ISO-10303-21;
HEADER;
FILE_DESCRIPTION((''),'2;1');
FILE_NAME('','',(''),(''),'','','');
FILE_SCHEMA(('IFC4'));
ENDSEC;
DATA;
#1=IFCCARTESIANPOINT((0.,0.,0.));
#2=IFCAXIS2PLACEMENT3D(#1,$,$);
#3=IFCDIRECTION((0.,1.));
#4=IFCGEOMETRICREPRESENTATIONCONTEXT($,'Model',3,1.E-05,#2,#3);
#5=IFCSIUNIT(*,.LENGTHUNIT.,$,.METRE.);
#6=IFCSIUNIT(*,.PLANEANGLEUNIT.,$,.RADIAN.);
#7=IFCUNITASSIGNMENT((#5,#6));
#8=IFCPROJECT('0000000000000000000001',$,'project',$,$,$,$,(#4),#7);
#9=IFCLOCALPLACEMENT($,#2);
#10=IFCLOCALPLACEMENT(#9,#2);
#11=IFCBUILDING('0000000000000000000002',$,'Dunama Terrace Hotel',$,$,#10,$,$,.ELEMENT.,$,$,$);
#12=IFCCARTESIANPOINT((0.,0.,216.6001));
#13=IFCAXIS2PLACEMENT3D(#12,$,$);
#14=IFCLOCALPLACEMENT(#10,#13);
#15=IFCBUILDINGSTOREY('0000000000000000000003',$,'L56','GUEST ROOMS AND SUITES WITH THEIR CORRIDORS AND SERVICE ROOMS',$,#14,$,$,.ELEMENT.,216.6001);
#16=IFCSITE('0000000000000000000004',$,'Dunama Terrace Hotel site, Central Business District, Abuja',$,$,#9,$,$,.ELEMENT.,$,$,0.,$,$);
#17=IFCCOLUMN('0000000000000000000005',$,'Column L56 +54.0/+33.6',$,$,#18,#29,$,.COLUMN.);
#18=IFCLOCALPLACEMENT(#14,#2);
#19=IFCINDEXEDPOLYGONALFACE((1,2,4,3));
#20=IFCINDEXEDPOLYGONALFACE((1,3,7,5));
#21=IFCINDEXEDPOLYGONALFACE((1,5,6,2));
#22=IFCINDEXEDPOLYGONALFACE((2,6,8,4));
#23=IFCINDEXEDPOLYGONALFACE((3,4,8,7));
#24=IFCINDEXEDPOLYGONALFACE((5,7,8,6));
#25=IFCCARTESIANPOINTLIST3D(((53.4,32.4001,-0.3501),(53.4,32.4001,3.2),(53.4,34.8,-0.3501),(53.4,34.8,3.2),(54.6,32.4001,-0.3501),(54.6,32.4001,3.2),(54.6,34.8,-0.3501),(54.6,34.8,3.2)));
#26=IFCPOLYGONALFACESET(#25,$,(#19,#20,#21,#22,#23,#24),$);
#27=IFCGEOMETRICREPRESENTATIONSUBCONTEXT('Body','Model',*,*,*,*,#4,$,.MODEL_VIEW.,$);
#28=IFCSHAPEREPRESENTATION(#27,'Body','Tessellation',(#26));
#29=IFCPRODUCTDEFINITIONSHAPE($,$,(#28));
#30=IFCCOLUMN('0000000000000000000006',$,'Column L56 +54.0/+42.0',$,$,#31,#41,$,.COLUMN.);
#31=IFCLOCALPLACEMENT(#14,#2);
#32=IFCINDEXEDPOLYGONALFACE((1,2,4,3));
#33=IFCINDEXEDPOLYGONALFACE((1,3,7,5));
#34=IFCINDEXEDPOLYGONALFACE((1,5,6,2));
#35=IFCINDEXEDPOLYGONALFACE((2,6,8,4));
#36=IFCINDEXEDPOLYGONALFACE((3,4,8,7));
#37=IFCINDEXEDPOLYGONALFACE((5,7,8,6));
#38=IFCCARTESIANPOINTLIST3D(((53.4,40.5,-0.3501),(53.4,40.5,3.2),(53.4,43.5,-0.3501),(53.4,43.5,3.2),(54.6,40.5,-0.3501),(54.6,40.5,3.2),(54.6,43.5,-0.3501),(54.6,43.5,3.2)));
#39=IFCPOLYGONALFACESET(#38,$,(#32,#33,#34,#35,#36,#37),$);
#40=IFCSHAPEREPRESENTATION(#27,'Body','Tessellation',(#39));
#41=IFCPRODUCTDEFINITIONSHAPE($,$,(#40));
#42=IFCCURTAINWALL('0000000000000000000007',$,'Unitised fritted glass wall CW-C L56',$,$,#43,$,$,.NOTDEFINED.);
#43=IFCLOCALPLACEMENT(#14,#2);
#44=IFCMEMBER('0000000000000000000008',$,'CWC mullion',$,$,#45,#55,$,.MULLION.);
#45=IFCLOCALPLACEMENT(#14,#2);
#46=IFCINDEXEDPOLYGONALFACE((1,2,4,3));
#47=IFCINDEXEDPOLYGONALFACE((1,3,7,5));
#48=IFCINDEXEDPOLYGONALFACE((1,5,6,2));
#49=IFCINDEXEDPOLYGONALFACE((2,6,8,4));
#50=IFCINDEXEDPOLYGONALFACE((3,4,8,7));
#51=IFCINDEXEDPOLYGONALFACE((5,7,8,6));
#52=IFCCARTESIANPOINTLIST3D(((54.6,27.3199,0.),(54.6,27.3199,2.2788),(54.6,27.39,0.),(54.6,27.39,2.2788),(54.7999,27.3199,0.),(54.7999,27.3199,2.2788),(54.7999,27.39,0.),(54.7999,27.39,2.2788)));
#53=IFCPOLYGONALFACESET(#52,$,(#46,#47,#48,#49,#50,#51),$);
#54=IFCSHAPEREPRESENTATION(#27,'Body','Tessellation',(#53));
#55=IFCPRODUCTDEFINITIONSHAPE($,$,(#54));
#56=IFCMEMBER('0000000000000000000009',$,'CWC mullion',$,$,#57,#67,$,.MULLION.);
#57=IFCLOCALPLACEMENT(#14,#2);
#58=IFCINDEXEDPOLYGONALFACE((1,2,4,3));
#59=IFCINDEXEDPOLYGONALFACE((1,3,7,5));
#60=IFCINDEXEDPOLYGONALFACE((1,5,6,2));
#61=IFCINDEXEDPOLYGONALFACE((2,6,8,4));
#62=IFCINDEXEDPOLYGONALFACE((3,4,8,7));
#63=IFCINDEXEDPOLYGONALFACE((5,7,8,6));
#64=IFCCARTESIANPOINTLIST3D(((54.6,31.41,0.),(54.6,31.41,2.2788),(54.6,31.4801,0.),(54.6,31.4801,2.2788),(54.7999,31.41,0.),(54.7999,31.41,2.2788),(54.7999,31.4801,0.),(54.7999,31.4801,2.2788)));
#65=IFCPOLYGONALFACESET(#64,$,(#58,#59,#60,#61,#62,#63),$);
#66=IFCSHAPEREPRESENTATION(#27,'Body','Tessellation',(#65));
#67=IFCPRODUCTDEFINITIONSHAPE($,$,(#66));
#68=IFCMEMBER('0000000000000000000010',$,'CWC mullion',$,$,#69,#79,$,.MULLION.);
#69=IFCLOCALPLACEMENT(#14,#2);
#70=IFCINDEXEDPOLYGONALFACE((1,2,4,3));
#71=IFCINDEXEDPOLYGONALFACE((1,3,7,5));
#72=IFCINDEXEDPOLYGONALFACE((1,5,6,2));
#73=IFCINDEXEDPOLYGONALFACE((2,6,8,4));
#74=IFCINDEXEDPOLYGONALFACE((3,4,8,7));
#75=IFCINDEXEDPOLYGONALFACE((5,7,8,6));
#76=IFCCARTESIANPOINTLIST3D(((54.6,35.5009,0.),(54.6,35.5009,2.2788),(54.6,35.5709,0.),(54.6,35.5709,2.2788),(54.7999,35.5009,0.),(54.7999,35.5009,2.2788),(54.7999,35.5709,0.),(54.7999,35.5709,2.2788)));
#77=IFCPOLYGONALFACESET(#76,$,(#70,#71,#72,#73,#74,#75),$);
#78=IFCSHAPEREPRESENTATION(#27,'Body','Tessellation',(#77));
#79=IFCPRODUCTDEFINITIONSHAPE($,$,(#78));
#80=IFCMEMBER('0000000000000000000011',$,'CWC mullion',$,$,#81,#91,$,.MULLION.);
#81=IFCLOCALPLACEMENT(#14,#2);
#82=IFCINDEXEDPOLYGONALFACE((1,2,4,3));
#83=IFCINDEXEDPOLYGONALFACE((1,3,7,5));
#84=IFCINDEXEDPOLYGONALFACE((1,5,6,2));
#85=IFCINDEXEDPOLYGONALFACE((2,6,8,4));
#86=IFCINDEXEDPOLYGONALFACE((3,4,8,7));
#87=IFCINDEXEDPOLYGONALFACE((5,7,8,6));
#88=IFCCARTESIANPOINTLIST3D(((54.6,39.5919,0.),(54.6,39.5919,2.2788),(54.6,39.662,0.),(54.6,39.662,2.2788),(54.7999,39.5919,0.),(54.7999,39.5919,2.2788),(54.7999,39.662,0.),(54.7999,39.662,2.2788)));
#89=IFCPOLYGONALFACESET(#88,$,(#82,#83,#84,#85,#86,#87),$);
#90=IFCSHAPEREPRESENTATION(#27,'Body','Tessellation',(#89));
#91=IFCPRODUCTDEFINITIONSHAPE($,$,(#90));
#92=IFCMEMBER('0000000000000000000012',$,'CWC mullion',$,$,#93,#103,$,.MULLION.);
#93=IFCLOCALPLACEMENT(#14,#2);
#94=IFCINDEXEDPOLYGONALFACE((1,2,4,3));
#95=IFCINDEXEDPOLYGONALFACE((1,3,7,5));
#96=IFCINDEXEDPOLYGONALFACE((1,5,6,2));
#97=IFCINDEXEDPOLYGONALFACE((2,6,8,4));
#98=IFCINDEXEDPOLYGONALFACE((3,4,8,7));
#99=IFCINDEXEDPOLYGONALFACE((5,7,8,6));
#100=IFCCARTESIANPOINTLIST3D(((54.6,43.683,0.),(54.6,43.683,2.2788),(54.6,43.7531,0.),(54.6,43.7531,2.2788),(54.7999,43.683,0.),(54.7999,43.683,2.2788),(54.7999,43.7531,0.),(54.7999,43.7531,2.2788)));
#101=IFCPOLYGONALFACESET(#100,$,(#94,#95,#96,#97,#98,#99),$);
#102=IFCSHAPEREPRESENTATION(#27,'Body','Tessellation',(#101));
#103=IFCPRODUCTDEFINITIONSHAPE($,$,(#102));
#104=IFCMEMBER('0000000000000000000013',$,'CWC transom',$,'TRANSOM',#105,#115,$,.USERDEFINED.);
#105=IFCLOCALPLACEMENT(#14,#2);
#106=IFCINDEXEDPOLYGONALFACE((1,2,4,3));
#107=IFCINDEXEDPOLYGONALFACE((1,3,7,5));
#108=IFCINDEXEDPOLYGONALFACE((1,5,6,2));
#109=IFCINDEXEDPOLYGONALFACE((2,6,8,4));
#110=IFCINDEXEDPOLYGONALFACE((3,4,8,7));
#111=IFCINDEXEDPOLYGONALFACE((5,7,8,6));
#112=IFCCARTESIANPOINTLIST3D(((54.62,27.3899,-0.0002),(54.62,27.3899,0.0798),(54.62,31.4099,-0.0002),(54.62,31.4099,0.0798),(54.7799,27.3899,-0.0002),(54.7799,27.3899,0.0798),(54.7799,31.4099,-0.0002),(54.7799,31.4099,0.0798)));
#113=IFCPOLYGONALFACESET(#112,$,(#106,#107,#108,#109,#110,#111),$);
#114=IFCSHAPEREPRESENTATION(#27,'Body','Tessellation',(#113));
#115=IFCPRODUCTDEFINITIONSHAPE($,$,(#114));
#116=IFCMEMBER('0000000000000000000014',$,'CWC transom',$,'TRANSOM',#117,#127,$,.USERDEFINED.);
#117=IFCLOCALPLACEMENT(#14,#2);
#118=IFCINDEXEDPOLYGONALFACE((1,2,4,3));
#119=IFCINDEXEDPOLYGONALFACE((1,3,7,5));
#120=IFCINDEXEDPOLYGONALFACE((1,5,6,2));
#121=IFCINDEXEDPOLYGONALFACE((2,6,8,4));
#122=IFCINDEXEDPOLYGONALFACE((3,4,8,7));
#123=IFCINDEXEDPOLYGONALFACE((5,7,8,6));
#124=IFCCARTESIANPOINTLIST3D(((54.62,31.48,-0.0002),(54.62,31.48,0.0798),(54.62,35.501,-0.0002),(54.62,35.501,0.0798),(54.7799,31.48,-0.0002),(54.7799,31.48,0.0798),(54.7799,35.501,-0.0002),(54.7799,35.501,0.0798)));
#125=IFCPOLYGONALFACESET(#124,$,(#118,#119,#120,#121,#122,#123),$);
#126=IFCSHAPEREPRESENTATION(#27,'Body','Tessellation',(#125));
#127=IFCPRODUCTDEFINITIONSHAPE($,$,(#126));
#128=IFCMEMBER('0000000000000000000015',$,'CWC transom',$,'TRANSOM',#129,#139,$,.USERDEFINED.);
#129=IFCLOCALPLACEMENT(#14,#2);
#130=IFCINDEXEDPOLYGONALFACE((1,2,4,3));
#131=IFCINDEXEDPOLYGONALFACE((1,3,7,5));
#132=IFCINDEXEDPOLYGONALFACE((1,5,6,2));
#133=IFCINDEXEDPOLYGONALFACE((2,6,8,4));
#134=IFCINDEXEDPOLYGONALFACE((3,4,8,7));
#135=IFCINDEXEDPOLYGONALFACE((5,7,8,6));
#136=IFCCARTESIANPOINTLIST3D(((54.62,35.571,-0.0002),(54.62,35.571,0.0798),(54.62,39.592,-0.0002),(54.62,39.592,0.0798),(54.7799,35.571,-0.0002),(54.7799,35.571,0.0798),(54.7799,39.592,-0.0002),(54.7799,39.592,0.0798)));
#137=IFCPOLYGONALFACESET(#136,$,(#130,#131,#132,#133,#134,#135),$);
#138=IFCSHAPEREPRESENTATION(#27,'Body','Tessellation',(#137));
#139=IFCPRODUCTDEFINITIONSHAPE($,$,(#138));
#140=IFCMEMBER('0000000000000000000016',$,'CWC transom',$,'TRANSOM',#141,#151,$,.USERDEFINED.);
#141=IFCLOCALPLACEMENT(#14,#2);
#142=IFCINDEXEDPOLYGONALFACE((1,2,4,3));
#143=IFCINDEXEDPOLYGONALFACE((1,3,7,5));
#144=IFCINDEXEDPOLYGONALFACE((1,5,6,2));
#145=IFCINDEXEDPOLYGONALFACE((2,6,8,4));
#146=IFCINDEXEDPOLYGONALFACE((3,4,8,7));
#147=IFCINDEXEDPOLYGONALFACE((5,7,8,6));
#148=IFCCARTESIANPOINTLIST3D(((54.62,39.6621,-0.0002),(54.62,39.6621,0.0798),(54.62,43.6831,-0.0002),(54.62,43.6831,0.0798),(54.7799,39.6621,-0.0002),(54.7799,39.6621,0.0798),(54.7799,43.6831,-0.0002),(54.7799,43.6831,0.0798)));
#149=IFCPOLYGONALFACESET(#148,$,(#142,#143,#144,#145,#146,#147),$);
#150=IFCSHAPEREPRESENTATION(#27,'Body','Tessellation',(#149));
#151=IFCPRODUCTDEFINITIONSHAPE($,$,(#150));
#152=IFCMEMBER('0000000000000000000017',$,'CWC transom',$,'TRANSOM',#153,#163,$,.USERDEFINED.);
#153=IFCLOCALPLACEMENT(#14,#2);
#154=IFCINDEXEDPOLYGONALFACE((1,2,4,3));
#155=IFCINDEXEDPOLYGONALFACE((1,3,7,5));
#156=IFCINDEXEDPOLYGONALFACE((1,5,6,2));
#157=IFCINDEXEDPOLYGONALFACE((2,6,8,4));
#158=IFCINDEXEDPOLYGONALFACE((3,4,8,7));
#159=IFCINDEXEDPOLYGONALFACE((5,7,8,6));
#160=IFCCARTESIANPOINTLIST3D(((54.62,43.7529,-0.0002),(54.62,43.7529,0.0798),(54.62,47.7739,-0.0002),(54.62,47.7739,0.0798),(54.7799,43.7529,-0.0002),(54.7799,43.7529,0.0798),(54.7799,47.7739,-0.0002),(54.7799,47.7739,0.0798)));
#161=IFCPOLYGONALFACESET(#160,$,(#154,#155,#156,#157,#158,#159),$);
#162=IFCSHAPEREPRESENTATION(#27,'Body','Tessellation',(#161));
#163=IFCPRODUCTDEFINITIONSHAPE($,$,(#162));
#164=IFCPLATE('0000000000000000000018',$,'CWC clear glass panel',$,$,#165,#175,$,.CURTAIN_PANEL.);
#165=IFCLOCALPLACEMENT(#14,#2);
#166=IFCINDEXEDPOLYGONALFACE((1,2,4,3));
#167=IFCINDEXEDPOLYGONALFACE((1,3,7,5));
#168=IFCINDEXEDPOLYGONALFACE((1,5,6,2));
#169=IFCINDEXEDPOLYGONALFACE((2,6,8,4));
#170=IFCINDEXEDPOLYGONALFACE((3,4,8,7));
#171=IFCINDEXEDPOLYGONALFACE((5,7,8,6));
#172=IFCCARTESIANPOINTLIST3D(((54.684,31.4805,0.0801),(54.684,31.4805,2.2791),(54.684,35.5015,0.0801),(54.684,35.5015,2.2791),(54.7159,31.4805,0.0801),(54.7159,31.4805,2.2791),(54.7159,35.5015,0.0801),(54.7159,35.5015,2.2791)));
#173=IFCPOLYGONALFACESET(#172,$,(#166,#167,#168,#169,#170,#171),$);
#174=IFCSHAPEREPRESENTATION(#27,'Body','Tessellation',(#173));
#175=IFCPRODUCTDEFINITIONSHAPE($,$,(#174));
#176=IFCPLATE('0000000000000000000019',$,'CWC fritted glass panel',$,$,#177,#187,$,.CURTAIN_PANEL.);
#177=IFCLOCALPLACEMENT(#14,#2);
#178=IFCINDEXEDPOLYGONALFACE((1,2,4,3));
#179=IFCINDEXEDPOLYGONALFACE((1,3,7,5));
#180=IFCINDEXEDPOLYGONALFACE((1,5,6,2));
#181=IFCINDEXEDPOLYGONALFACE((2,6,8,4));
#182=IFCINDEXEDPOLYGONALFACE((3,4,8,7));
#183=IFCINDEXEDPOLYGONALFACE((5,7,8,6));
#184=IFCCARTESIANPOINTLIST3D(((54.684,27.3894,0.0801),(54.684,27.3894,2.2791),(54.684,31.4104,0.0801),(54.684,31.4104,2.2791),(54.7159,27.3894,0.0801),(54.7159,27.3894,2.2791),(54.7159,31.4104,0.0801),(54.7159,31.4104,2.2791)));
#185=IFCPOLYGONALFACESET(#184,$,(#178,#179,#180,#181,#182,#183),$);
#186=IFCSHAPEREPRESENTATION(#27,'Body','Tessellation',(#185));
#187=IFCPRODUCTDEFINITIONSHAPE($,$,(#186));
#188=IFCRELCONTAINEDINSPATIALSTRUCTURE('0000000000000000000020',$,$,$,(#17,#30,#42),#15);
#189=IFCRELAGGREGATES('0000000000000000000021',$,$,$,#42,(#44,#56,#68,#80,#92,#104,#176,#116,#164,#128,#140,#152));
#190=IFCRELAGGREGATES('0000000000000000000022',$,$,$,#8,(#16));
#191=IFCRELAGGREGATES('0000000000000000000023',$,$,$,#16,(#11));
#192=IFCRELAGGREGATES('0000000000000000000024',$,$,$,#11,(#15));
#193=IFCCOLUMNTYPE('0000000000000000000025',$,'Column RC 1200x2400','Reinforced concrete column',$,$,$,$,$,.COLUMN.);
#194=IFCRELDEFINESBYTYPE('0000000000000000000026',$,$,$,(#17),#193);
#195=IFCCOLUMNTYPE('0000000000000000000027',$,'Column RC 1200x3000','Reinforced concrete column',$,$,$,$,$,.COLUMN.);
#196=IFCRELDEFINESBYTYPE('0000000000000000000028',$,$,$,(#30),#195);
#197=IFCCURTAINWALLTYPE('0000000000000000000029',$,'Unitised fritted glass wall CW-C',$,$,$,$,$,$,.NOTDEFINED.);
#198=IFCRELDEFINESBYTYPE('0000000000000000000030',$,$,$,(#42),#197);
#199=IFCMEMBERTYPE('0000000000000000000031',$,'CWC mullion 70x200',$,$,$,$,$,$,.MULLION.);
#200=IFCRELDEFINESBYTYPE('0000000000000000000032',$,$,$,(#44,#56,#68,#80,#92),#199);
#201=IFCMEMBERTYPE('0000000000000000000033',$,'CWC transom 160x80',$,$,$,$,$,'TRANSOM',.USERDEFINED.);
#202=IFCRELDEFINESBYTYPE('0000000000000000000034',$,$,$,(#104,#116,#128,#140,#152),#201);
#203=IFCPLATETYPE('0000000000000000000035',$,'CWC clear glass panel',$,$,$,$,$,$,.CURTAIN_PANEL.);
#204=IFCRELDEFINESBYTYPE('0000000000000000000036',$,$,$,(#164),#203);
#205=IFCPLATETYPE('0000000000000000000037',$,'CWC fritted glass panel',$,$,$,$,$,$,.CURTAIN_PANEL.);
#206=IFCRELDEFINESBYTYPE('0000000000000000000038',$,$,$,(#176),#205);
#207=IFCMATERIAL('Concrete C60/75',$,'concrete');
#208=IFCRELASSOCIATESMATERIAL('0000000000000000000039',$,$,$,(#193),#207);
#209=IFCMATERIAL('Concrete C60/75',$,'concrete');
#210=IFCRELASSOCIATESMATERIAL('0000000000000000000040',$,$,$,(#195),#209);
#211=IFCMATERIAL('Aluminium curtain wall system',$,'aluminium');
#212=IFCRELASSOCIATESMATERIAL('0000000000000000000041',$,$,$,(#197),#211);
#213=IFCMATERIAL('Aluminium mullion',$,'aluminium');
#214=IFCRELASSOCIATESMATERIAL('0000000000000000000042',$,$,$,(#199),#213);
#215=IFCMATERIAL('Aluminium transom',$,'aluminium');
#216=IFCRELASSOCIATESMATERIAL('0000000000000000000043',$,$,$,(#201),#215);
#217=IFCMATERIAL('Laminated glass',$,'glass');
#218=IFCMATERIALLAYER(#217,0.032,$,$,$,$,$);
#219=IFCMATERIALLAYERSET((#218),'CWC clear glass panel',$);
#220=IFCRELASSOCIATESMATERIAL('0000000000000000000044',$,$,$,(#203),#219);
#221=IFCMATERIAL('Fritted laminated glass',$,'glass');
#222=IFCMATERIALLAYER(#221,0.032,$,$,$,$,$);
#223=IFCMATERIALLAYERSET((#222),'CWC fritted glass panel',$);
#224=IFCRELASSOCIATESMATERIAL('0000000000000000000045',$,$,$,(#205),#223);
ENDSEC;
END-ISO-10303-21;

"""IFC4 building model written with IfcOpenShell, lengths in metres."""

from ifc_helpers import new_model, si_unit, direction, frame, origin, origin_2d, place, context, subcontext, project, spatial, rectangle, extrude, material, layer, layer_set, material_profile, profile_set, type_object, element, aggregate, save


model = new_model("IFC4")

# Units and contexts
model_context = context("Model", 3, precision=1e-05, world=origin(), true_north=direction((0.0, 1.0)))
body_context = subcontext(model_context, "Body", "Model", "MODEL_VIEW")
ifc_project = project(units=[si_unit("LENGTHUNIT", "METRE"), si_unit("PLANEANGLEUNIT", "RADIAN")], contexts=[model_context])

# Site, building, storey
site_placement = place(None, origin())
site = spatial("IfcSite", under=ifc_project, at=site_placement, Name="Dunama Terrace Hotel site, Central Business District, Abuja", CompositionType="ELEMENT", RefElevation=0.0)
building_placement = place(site_placement, origin())
building = spatial("IfcBuilding", under=site, at=building_placement, Name="Dunama Terrace Hotel", CompositionType="ELEMENT")
storey_placement = place(building_placement, frame((0.0, 0.0, 216.6001)))
storey = spatial("IfcBuildingStorey", under=building, at=storey_placement, Name="L56", Description="GUEST ROOMS AND SUITES WITH THEIR CORRIDORS AND SERVICE ROOMS", CompositionType="ELEMENT", Elevation=216.6001)

# Columns
ifc_material_1 = material(Name="Concrete C60/75", Category="concrete")
ifc_material_profile_1 = material_profile(ifc_material_1, rectangle(XDim=1.2, YDim=2.3999, at=origin_2d()), Name="RC 1200x2400")
ifc_profile_set_1 = profile_set([ifc_material_profile_1], Name="Concrete C60/75")
column_type_1 = type_object("IfcColumnType", Name="Column RC 1200x2400", Description="Reinforced concrete column", PredefinedType="COLUMN", material=ifc_profile_set_1)
column_1_placement = place(storey_placement, frame((54.0, 33.6001, -0.3501), z_axis=(0.0, 0.0, 1.0), x_axis=(1.0, 0.0, 0.0)))
element("IfcColumn", 1, at=column_1_placement, inside=storey, type_object=column_type_1, Name="Column L56 +54.0/+33.6", PredefinedType="COLUMN", context=body_context, shape_type="SweptSolid", body=[
    extrude(rectangle(XDim=1.2, YDim=2.3999, at=origin_2d()), origin(), (0.0, 0.0, 1.0), 3.55),
])
ifc_material_2 = material(Name="Concrete C60/75", Category="concrete")
ifc_material_profile_2 = material_profile(ifc_material_2, rectangle(XDim=1.2, YDim=3.0, at=origin_2d()), Name="RC 1200x3000")
ifc_profile_set_2 = profile_set([ifc_material_profile_2], Name="Concrete C60/75")
column_type_2 = type_object("IfcColumnType", Name="Column RC 1200x3000", Description="Reinforced concrete column", PredefinedType="COLUMN", material=ifc_profile_set_2)
column_2_placement = place(storey_placement, frame((54.0, 42.0, -0.3501), z_axis=(0.0, 0.0, 1.0), x_axis=(1.0, 0.0, 0.0)))
element("IfcColumn", 2, at=column_2_placement, inside=storey, type_object=column_type_2, Name="Column L56 +54.0/+42.0", PredefinedType="COLUMN", context=body_context, shape_type="SweptSolid", body=[
    extrude(rectangle(XDim=1.2, YDim=3.0, at=origin_2d()), origin(), (0.0, 0.0, 1.0), 3.55),
])

# Curtain wall, members, plates
ifc_material_3 = material(Name="Aluminium curtain wall system", Category="aluminium")
curtain_wall_type = type_object("IfcCurtainWallType", Name="Unitised fritted glass wall CW-C", PredefinedType="NOTDEFINED", material=ifc_material_3)
curtain_wall_placement = place(storey_placement, origin())
curtain_wall = element("IfcCurtainWall", 3, at=curtain_wall_placement, inside=storey, type_object=curtain_wall_type, Name="Unitised fritted glass wall CW-C L56", PredefinedType="NOTDEFINED")
ifc_material_4 = material(Name="Aluminium mullion", Category="aluminium")
ifc_material_profile_3 = material_profile(ifc_material_4, rectangle(XDim=0.0701, YDim=0.2, at=origin_2d()), Name="CWC MULLION 70X200")
ifc_profile_set_3 = profile_set([ifc_material_profile_3], Name="Aluminium mullion")
member_type_1 = type_object("IfcMemberType", Name="CWC mullion 70x200", PredefinedType="MULLION", material=ifc_profile_set_3)
member_1_placement = place(storey_placement, frame((54.7, 27.355, 0.0), z_axis=(0.0, 0.0, 1.0), x_axis=(0.0, 1.0, 0.0)))
member_1 = element("IfcMember", 4, at=member_1_placement, type_object=member_type_1, Name="CWC mullion", PredefinedType="MULLION", context=body_context, shape_type="SweptSolid", body=[
    extrude(rectangle(XDim=0.0701, YDim=0.2, at=origin_2d()), origin(), (0.0, 0.0, 1.0), 2.2788),
])
member_2_placement = place(storey_placement, frame((54.7, 31.4451, 0.0), z_axis=(0.0, 0.0, 1.0), x_axis=(0.0, 1.0, 0.0)))
member_2 = element("IfcMember", 5, at=member_2_placement, type_object=member_type_1, Name="CWC mullion", PredefinedType="MULLION", context=body_context, shape_type="SweptSolid", body=[
    extrude(rectangle(XDim=0.0701, YDim=0.2, at=origin_2d()), origin(), (0.0, 0.0, 1.0), 2.2788),
])
member_3_placement = place(storey_placement, frame((54.7, 35.5359, 0.0), z_axis=(0.0, 0.0, 1.0), x_axis=(0.0, 1.0, 0.0)))
member_3 = element("IfcMember", 6, at=member_3_placement, type_object=member_type_1, Name="CWC mullion", PredefinedType="MULLION", context=body_context, shape_type="SweptSolid", body=[
    extrude(rectangle(XDim=0.0701, YDim=0.2, at=origin_2d()), origin(), (0.0, 0.0, 1.0), 2.2788),
])
member_4_placement = place(storey_placement, frame((54.7, 39.627, 0.0), z_axis=(0.0, 0.0, 1.0), x_axis=(0.0, 1.0, 0.0)))
member_4 = element("IfcMember", 7, at=member_4_placement, type_object=member_type_1, Name="CWC mullion", PredefinedType="MULLION", context=body_context, shape_type="SweptSolid", body=[
    extrude(rectangle(XDim=0.0701, YDim=0.2, at=origin_2d()), origin(), (0.0, 0.0, 1.0), 2.2788),
])
member_5_placement = place(storey_placement, frame((54.7, 43.718, 0.0), z_axis=(0.0, 0.0, 1.0), x_axis=(0.0, 1.0, 0.0)))
member_5 = element("IfcMember", 8, at=member_5_placement, type_object=member_type_1, Name="CWC mullion", PredefinedType="MULLION", context=body_context, shape_type="SweptSolid", body=[
    extrude(rectangle(XDim=0.0701, YDim=0.2, at=origin_2d()), origin(), (0.0, 0.0, 1.0), 2.2788),
])
ifc_material_5 = material(Name="Aluminium transom", Category="aluminium")
ifc_material_profile_4 = material_profile(ifc_material_5, rectangle(XDim=0.1599, YDim=0.0801, at=origin_2d()), Name="CWC TRANSOM 160X80")
ifc_profile_set_4 = profile_set([ifc_material_profile_4], Name="Aluminium transom")
member_type_2 = type_object("IfcMemberType", Name="CWC transom 160x80", ElementType="TRANSOM", PredefinedType="USERDEFINED", material=ifc_profile_set_4)
member_6_placement = place(storey_placement, frame((54.7, 27.3899, 0.0398), z_axis=(0.0, 1.0, 0.0), x_axis=(-1.0, 0.0, 0.0)))
member_6 = element("IfcMember", 9, at=member_6_placement, type_object=member_type_2, Name="CWC transom", ObjectType="TRANSOM", PredefinedType="USERDEFINED", context=body_context, shape_type="SweptSolid", body=[
    extrude(rectangle(XDim=0.1599, YDim=0.0801, at=origin_2d()), origin(), (0.0, 0.0, 1.0), 4.02),
])
member_7_placement = place(storey_placement, frame((54.7, 31.48, 0.0398), z_axis=(0.0, 1.0, 0.0), x_axis=(-1.0, 0.0, 0.0)))
member_7 = element("IfcMember", 10, at=member_7_placement, type_object=member_type_2, Name="CWC transom", ObjectType="TRANSOM", PredefinedType="USERDEFINED", context=body_context, shape_type="SweptSolid", body=[
    extrude(rectangle(XDim=0.1599, YDim=0.0801, at=origin_2d()), origin(), (0.0, 0.0, 1.0), 4.021),
])
member_8_placement = place(storey_placement, frame((54.7, 35.571, 0.0398), z_axis=(0.0, 1.0, 0.0), x_axis=(-1.0, 0.0, 0.0)))
member_8 = element("IfcMember", 11, at=member_8_placement, type_object=member_type_2, Name="CWC transom", ObjectType="TRANSOM", PredefinedType="USERDEFINED", context=body_context, shape_type="SweptSolid", body=[
    extrude(rectangle(XDim=0.1599, YDim=0.0801, at=origin_2d()), origin(), (0.0, 0.0, 1.0), 4.021),
])
member_9_placement = place(storey_placement, frame((54.7, 39.6621, 0.0398), z_axis=(0.0, 1.0, 0.0), x_axis=(-1.0, 0.0, 0.0)))
member_9 = element("IfcMember", 12, at=member_9_placement, type_object=member_type_2, Name="CWC transom", ObjectType="TRANSOM", PredefinedType="USERDEFINED", context=body_context, shape_type="SweptSolid", body=[
    extrude(rectangle(XDim=0.1599, YDim=0.0801, at=origin_2d()), origin(), (0.0, 0.0, 1.0), 4.021),
])
member_10_placement = place(storey_placement, frame((54.7, 43.7529, 0.0398), z_axis=(0.0, 1.0, 0.0), x_axis=(-1.0, 0.0, 0.0)))
member_10 = element("IfcMember", 13, at=member_10_placement, type_object=member_type_2, Name="CWC transom", ObjectType="TRANSOM", PredefinedType="USERDEFINED", context=body_context, shape_type="SweptSolid", body=[
    extrude(rectangle(XDim=0.1599, YDim=0.0801, at=origin_2d()), origin(), (0.0, 0.0, 1.0), 4.021),
])
ifc_material_6 = material(Name="Laminated glass", Category="glass")
ifc_layer_1 = layer(ifc_material_6, 0.032)
ifc_layer_set_1 = layer_set([ifc_layer_1], Name="CWC clear glass panel")
plate_type_1 = type_object("IfcPlateType", Name="CWC clear glass panel", PredefinedType="CURTAIN_PANEL", material=ifc_layer_set_1)
plate_1_placement = place(storey_placement, frame((54.7, 33.491, 0.0801), z_axis=(0.0, 0.0, 1.0), x_axis=(0.0, 1.0, 0.0)))
plate_1 = element("IfcPlate", 14, at=plate_1_placement, type_object=plate_type_1, Name="CWC clear glass panel", PredefinedType="CURTAIN_PANEL", context=body_context, shape_type="SweptSolid", body=[
    extrude(rectangle(XDim=4.021, YDim=0.032, at=origin_2d()), origin(), (0.0, 0.0, 1.0), 2.199),
])
ifc_material_7 = material(Name="Fritted laminated glass", Category="glass")
ifc_layer_2 = layer(ifc_material_7, 0.032)
ifc_layer_set_2 = layer_set([ifc_layer_2], Name="CWC fritted glass panel")
plate_type_2 = type_object("IfcPlateType", Name="CWC fritted glass panel", PredefinedType="CURTAIN_PANEL", material=ifc_layer_set_2)
plate_2_placement = place(storey_placement, frame((54.7, 29.3999, 0.0801), z_axis=(0.0, 0.0, 1.0), x_axis=(0.0, 1.0, 0.0)))
plate_2 = element("IfcPlate", 15, at=plate_2_placement, type_object=plate_type_2, Name="CWC fritted glass panel", PredefinedType="CURTAIN_PANEL", context=body_context, shape_type="SweptSolid", body=[
    extrude(rectangle(XDim=4.021, YDim=0.032, at=origin_2d()), origin(), (0.0, 0.0, 1.0), 2.199),
])
aggregate(curtain_wall, [member_1, member_2, member_3, member_4, member_5, member_6, plate_2, member_7, plate_1, member_8, member_9, member_10])

save(model, "model.ifc")
